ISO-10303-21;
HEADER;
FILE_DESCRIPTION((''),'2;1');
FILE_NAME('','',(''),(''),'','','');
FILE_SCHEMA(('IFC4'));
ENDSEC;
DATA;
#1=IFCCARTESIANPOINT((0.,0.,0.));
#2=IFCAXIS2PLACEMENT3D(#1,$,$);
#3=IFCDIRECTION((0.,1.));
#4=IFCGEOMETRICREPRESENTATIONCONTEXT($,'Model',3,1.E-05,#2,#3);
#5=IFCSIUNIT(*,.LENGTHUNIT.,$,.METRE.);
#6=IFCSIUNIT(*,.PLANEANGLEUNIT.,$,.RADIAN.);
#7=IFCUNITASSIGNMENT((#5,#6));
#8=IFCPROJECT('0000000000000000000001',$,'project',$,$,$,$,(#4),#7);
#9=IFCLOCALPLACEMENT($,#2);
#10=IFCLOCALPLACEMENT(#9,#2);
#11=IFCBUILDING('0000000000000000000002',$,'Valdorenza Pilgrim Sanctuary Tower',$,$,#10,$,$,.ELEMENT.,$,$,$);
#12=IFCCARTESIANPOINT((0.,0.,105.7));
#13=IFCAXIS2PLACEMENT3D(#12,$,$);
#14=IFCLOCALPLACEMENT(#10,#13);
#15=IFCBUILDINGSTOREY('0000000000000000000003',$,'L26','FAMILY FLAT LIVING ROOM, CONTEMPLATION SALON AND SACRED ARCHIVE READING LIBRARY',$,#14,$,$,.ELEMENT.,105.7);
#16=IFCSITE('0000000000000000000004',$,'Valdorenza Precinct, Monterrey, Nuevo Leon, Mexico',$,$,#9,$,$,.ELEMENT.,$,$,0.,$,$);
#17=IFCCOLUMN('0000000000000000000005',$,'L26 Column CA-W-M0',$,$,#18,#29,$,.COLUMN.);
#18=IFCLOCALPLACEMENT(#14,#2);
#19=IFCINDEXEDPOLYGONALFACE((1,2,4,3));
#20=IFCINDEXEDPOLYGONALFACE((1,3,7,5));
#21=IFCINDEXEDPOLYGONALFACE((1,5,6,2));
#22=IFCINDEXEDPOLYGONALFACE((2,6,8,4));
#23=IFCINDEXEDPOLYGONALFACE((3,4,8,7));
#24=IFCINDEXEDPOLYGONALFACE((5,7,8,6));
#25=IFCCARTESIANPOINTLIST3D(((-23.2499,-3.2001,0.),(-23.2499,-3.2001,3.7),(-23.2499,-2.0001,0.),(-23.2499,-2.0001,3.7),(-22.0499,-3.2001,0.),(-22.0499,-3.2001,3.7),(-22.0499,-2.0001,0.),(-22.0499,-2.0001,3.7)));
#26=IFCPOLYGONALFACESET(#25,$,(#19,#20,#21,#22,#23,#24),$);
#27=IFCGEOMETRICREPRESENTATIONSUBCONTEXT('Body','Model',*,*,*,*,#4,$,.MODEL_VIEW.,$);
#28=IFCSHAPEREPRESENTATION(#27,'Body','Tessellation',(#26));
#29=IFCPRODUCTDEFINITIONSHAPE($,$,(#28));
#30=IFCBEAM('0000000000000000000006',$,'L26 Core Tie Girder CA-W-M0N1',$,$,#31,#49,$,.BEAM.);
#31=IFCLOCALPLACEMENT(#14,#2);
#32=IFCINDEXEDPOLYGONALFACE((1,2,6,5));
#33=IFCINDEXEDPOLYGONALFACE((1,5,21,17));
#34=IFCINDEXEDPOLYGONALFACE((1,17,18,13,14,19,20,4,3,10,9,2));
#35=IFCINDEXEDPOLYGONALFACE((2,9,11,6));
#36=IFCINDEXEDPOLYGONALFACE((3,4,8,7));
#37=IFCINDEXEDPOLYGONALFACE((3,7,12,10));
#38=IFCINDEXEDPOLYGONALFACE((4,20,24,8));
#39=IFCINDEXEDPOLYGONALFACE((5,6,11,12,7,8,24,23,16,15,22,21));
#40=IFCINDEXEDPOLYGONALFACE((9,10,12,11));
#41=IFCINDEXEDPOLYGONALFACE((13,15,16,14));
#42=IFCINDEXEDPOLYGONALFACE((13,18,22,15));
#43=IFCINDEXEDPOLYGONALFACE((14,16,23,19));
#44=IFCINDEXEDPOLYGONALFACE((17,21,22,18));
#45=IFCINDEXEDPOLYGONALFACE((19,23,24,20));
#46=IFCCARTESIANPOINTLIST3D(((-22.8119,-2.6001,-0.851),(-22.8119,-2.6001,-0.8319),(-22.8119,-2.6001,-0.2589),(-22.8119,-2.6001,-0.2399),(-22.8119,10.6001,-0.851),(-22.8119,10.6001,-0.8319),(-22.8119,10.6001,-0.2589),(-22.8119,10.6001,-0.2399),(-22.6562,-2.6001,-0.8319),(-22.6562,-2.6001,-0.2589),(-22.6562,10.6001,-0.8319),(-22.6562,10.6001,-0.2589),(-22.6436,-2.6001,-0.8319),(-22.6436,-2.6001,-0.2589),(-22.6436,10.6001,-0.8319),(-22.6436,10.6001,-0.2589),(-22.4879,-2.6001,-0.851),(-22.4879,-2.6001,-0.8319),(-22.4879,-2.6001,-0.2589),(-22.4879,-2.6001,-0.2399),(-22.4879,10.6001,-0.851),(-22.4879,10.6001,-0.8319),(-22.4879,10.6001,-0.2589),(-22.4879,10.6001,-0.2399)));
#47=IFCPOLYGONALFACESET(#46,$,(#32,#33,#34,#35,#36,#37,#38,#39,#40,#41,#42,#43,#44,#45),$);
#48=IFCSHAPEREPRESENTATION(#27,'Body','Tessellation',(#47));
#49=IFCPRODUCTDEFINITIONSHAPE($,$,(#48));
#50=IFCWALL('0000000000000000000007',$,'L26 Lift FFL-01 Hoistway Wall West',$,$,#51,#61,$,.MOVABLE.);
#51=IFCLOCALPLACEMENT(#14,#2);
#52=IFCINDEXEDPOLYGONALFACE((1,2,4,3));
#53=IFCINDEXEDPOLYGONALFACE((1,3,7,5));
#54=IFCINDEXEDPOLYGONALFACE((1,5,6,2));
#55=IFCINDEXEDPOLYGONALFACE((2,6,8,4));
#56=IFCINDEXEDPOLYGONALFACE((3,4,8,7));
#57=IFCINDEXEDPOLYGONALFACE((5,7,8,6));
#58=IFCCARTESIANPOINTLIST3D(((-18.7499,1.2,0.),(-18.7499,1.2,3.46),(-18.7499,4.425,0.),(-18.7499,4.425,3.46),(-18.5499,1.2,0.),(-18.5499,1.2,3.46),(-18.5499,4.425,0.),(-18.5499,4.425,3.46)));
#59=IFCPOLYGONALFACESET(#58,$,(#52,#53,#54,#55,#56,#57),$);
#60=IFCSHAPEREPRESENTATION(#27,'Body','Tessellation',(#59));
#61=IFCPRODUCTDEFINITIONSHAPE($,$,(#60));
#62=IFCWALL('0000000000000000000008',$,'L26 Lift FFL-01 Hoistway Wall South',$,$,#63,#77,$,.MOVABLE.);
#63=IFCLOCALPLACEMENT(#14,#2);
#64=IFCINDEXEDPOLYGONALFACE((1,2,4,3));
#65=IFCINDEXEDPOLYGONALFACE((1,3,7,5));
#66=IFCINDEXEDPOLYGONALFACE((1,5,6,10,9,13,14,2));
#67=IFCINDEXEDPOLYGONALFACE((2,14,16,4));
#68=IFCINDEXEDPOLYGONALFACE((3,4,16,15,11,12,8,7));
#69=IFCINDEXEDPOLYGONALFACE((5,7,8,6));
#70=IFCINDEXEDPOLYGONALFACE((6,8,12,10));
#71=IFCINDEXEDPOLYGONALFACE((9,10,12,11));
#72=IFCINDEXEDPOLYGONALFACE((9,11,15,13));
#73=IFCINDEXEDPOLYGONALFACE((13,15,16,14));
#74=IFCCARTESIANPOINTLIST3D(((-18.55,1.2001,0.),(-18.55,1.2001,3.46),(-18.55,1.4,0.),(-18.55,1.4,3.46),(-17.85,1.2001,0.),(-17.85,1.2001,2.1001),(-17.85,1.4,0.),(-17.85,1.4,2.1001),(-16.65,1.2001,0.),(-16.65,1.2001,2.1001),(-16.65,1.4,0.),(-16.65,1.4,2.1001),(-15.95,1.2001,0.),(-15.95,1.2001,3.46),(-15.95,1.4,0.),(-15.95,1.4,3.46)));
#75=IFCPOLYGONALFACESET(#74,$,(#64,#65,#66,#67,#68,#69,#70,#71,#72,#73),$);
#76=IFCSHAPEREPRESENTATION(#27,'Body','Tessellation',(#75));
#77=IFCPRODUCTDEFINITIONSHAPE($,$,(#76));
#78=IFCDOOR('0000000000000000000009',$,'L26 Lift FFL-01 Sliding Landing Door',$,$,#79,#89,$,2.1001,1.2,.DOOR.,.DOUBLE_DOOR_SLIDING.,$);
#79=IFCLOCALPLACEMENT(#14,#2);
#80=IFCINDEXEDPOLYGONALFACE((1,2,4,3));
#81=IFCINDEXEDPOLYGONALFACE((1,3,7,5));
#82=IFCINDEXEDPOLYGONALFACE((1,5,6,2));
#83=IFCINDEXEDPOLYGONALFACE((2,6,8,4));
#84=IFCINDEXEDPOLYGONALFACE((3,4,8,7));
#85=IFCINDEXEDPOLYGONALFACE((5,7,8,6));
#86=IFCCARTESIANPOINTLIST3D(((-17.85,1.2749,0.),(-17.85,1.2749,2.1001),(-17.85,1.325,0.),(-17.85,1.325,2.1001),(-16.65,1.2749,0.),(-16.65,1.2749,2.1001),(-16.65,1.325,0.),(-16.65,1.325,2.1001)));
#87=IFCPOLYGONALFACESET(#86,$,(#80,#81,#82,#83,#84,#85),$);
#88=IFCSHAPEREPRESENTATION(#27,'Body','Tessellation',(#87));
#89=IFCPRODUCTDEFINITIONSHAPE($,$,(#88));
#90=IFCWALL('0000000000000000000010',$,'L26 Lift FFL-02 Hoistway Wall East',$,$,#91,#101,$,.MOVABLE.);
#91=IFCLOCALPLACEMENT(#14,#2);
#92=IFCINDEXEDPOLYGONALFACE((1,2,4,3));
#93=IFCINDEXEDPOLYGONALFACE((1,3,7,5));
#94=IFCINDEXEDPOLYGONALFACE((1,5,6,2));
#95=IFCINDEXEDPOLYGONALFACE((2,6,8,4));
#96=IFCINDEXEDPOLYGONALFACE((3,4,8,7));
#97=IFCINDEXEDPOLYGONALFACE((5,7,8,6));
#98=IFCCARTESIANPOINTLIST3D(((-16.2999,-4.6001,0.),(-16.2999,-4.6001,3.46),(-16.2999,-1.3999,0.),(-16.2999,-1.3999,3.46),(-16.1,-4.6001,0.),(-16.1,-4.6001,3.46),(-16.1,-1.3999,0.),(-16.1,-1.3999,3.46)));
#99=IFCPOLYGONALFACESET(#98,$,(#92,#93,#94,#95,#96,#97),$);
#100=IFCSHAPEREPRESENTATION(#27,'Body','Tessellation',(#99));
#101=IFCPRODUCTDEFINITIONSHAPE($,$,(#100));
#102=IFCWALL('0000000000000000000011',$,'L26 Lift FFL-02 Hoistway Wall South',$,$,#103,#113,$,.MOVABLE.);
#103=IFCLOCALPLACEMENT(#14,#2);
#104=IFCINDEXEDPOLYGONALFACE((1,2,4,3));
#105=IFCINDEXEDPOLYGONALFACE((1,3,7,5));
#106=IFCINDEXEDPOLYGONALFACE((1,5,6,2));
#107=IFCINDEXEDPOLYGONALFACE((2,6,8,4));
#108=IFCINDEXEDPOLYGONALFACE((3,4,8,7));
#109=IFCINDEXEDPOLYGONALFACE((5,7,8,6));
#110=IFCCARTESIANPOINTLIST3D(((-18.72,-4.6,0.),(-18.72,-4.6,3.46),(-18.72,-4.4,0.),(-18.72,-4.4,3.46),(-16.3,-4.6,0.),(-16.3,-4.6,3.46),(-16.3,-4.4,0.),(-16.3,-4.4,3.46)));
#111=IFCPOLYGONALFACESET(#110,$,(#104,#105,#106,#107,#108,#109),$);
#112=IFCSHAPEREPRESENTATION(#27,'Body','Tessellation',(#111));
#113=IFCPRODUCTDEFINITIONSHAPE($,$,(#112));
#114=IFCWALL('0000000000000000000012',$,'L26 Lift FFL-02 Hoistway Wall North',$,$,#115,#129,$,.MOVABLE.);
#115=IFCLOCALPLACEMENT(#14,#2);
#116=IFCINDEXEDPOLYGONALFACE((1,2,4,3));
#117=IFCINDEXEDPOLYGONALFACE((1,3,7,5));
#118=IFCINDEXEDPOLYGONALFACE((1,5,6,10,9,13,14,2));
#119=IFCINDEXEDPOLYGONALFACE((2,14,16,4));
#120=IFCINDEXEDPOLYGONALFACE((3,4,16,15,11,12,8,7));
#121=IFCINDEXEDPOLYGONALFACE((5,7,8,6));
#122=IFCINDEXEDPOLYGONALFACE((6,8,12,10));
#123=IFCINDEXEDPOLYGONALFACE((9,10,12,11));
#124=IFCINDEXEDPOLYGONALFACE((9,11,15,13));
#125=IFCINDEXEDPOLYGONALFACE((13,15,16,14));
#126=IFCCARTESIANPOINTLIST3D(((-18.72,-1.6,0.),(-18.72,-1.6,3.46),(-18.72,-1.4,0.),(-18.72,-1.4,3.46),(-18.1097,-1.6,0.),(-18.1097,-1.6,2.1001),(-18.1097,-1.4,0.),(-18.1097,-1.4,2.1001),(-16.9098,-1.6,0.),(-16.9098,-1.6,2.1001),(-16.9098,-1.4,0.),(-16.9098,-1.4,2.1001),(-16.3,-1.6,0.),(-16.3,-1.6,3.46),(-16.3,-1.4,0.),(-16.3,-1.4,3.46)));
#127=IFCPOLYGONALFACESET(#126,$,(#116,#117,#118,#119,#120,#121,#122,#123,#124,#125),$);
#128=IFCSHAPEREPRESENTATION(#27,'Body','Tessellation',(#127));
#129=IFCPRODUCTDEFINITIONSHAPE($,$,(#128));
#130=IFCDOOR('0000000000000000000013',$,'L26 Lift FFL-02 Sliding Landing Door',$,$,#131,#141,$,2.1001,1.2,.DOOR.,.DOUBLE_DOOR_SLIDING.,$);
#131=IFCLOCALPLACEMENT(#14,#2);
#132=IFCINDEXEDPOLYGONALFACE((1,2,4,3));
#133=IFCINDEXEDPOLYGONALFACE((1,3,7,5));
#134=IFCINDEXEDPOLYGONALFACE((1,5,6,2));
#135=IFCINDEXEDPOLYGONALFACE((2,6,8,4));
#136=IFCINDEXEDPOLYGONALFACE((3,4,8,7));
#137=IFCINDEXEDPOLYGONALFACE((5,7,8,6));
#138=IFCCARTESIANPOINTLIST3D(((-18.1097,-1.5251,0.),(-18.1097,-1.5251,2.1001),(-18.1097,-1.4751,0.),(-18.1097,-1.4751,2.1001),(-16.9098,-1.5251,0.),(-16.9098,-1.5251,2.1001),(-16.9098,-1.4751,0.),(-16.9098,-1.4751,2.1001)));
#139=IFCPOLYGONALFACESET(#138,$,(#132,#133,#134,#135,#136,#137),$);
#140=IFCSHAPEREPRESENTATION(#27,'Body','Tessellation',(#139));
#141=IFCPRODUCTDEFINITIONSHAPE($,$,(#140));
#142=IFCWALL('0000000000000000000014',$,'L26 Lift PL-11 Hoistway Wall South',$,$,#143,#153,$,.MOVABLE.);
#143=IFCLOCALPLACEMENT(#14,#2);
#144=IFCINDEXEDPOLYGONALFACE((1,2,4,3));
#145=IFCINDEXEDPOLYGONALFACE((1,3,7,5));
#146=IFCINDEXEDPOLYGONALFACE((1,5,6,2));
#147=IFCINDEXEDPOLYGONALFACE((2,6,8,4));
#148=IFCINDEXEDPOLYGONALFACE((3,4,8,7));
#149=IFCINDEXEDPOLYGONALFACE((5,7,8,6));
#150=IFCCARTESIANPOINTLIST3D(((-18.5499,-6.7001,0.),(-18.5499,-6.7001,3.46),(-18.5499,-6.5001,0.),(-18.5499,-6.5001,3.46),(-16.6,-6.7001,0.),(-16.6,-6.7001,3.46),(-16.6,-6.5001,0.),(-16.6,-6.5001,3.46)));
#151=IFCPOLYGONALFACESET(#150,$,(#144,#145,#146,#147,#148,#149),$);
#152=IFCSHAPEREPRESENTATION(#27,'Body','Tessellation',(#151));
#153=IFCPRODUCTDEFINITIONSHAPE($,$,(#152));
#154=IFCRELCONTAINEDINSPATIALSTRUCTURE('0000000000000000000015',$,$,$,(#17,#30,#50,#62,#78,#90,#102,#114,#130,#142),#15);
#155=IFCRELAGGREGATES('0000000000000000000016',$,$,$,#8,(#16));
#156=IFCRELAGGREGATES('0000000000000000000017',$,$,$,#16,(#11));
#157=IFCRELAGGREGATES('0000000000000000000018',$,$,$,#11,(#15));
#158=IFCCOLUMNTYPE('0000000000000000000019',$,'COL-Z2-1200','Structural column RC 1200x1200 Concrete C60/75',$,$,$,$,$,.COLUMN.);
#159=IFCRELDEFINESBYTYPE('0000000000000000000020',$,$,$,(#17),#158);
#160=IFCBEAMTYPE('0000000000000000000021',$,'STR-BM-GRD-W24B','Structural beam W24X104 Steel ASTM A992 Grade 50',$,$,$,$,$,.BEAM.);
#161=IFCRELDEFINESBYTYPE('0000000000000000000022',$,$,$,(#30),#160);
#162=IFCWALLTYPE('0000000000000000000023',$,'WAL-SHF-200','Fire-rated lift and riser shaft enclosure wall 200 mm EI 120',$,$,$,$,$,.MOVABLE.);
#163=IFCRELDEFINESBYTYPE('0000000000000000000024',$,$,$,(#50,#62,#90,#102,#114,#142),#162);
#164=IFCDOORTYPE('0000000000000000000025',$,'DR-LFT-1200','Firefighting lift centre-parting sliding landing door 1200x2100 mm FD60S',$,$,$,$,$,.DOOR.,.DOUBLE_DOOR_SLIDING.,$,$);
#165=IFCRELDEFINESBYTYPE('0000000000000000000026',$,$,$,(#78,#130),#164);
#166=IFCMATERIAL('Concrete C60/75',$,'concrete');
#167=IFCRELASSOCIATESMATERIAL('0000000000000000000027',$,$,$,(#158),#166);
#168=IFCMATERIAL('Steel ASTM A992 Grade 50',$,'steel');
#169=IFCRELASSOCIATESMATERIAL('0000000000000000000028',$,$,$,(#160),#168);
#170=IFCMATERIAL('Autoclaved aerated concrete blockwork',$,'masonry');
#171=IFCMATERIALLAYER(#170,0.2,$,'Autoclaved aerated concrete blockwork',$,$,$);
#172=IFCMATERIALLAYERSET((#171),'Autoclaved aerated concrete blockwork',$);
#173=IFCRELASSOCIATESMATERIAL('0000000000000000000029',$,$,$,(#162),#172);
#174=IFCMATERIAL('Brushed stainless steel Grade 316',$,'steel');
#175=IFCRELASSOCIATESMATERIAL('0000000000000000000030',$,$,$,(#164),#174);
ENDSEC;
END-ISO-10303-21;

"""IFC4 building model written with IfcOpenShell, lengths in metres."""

from ifc_helpers import new_model, si_unit, direction, frame, frame_2d, origin, origin_2d, place, context, subcontext, project, spatial, rectangle, i_section, extrude, source, transform, mapped, material, layer, layer_set, material_profile, profile_set, type_object, element, fill, save


model = new_model("IFC4")

# Units and contexts
model_context = context("Model", 3, precision=1e-05, world=origin(), true_north=direction((0.0, 1.0)))
body_context = subcontext(model_context, "Body", "Model", "MODEL_VIEW")
ifc_project = project(units=[si_unit("LENGTHUNIT", "METRE"), si_unit("PLANEANGLEUNIT", "RADIAN")], contexts=[model_context])

# Site, building, storey
site_placement = place(None, origin())
site = spatial("IfcSite", under=ifc_project, at=site_placement, Name="Valdorenza Precinct, Monterrey, Nuevo Leon, Mexico", CompositionType="ELEMENT", RefElevation=0.0)
building_placement = place(site_placement, origin())
building = spatial("IfcBuilding", under=site, at=building_placement, Name="Valdorenza Pilgrim Sanctuary Tower", CompositionType="ELEMENT")
storey_placement = place(building_placement, frame((0.0, 0.0, 105.7)))
storey = spatial("IfcBuildingStorey", under=building, at=storey_placement, Name="L26", Description="FAMILY FLAT LIVING ROOM, CONTEMPLATION SALON AND SACRED ARCHIVE READING LIBRARY", CompositionType="ELEMENT", Elevation=105.7)

# Column
ifc_material_1 = material(Name="Concrete C60/75", Category="concrete")
ifc_material_profile_1 = material_profile(ifc_material_1, rectangle(XDim=1.2, YDim=1.2, at=origin_2d()), Name="RC 1200x1200")
ifc_profile_set_1 = profile_set([ifc_material_profile_1], Name="Concrete C60/75")
column_type = type_object("IfcColumnType", Name="COL-Z2-1200", Description="Structural column RC 1200x1200 Concrete C60/75", PredefinedType="COLUMN", material=ifc_profile_set_1)
shared_shape_1 = source(origin(), body_context, "Body", "SweptSolid", [
    extrude(rectangle(XDim=1.2, YDim=1.2, at=origin_2d()), origin(), (0.0, 0.0, 1.0), 3.7),
])
column_placement = place(storey_placement, frame((-22.6499, -2.6001, 0.0), z_axis=(0.0, 0.0, 1.0), x_axis=(1.0, 0.0, 0.0)))
element("IfcColumn", 1, at=column_placement, inside=storey, type_object=column_type, Name="L26 Column CA-W-M0", PredefinedType="COLUMN", context=body_context, shape_type="MappedRepresentation", body=[
    mapped(shared_shape_1, transform((0.0, 0.0, 0.0), x_axis=(1.0, 0.0, 0.0), y_axis=(0.0, 1.0, 0.0), z_axis=(0.0, 0.0, 1.0), scale=1.0)),
])

# Beam
ifc_material_2 = material(Name="Steel ASTM A992 Grade 50", Category="steel")
ifc_material_profile_2 = material_profile(ifc_material_2, i_section(OverallWidth=0.324, OverallDepth=0.6111, WebThickness=0.0127, FlangeThickness=0.019, at=origin_2d()), Name="W24X104")
ifc_profile_set_2 = profile_set([ifc_material_profile_2], Name="Steel ASTM A992 Grade 50")
beam_type = type_object("IfcBeamType", Name="STR-BM-GRD-W24B", Description="Structural beam W24X104 Steel ASTM A992 Grade 50", PredefinedType="BEAM", material=ifc_profile_set_2)
shared_shape_2 = source(origin(), body_context, "Body", "SweptSolid", [
    extrude(i_section(OverallWidth=0.324, OverallDepth=0.6111, WebThickness=0.0127, FlangeThickness=0.019, at=origin_2d()), origin(), (0.0, 0.0, 1.0), 13.2002),
])
beam_placement = place(storey_placement, frame((-22.6499, -2.6001, -0.5454), z_axis=(0.0, 1.0, 0.0), x_axis=(-1.0, 0.0, 0.0)))
element("IfcBeam", 2, at=beam_placement, inside=storey, type_object=beam_type, Name="L26 Core Tie Girder CA-W-M0N1", PredefinedType="BEAM", context=body_context, shape_type="MappedRepresentation", body=[
    mapped(shared_shape_2, transform((0.0, 0.0, 0.0), x_axis=(1.0, 0.0, 0.0), y_axis=(0.0, 1.0, 0.0), z_axis=(0.0, 0.0, 1.0), scale=1.0)),
])

# Wall
ifc_material_3 = material(Name="Autoclaved aerated concrete blockwork", Category="masonry")
ifc_layer_1 = layer(ifc_material_3, 0.2, Name="Autoclaved aerated concrete blockwork")
ifc_layer_set_1 = layer_set([ifc_layer_1], Name="Autoclaved aerated concrete blockwork")
wall_type_1 = type_object("IfcWallType", Name="WAL-SHF-200", Description="Fire-rated lift and riser shaft enclosure wall 200 mm EI 120", PredefinedType="MOVABLE", material=ifc_layer_set_1)
wall_1_placement = place(storey_placement, frame((-18.6499, 1.2, 0.0), z_axis=(0.0, 0.0, 1.0), x_axis=(0.0, 1.0, 0.0)))
element("IfcWall", 3, at=wall_1_placement, inside=storey, type_object=wall_type_1, Name="L26 Lift FFL-01 Hoistway Wall West", PredefinedType="MOVABLE", context=body_context, shape_type="SweptSolid", body=[
    extrude(rectangle(XDim=3.2251, YDim=0.2, at=frame_2d((1.6125, 0.0))), origin(), (0.0, 0.0, 1.0), 3.46),
])

# Wall, opening, door
wall_2_placement = place(storey_placement, frame((-18.55, 1.3, 0.0), z_axis=(0.0, 0.0, 1.0), x_axis=(1.0, 0.0, 0.0)))
wall_2 = element("IfcWall", 4, at=wall_2_placement, inside=storey, type_object=wall_type_1, Name="L26 Lift FFL-01 Hoistway Wall South", PredefinedType="MOVABLE", context=body_context, shape_type="SweptSolid", body=[
    extrude(rectangle(XDim=2.6001, YDim=0.2, at=frame_2d((1.3, 0.0))), origin(), (0.0, 0.0, 1.0), 3.46),
])
opening_1_placement = place(wall_2_placement, frame((0.7, 0.0, 0.0)))
opening_1 = element("IfcOpeningElement", 5, at=opening_1_placement, cuts=wall_2, PredefinedType="OPENING", context=body_context, shape_type="SweptSolid", body=[
    extrude(rectangle(XDim=1.2, YDim=2.1001, at=frame_2d((0.6001, 1.05))), frame((0.0, 0.1147, 0.0), z_axis=(0.0, -1.0, 0.0), x_axis=(1.0, 0.0, 0.0)), (0.0, 0.0, 1.0), 0.2297),
])
ifc_material_4 = material(Name="Brushed stainless steel Grade 316", Category="steel")
door_type_1 = type_object("IfcDoorType", Name="DR-LFT-1200", Description="Firefighting lift centre-parting sliding landing door 1200x2100 mm FD60S", OperationType="DOUBLE_DOOR_SLIDING", PredefinedType="DOOR", material=ifc_material_4)
door_1_placement = place(opening_1_placement, origin())
door_1 = element("IfcDoor", 6, at=door_1_placement, inside=storey, type_object=door_type_1, Name="L26 Lift FFL-01 Sliding Landing Door", OperationType="DOUBLE_DOOR_SLIDING", OverallHeight=2.1001, OverallWidth=1.2, PredefinedType="DOOR", context=body_context, shape_type="SweptSolid", body=[
    extrude(rectangle(XDim=1.2, YDim=2.1001, at=frame_2d((0.6001, 1.05))), frame((0.0, 0.0249, 0.0), z_axis=(0.0, -1.0, 0.0), x_axis=(1.0, 0.0, 0.0)), (0.0, 0.0, 1.0), 0.05),
])
fill(opening_1, door_1)

# Walls
wall_3_placement = place(storey_placement, frame((-16.2, -4.6001, 0.0), z_axis=(0.0, 0.0, 1.0), x_axis=(0.0, 1.0, 0.0)))
element("IfcWall", 7, at=wall_3_placement, inside=storey, type_object=wall_type_1, Name="L26 Lift FFL-02 Hoistway Wall East", PredefinedType="MOVABLE", context=body_context, shape_type="SweptSolid", body=[
    extrude(rectangle(XDim=3.2002, YDim=0.2, at=frame_2d((1.6001, 0.0))), origin(), (0.0, 0.0, 1.0), 3.46),
])
wall_4_placement = place(storey_placement, frame((-18.72, -4.5, 0.0), z_axis=(0.0, 0.0, 1.0), x_axis=(1.0, 0.0, 0.0)))
element("IfcWall", 8, at=wall_4_placement, inside=storey, type_object=wall_type_1, Name="L26 Lift FFL-02 Hoistway Wall South", PredefinedType="MOVABLE", context=body_context, shape_type="SweptSolid", body=[
    extrude(rectangle(XDim=2.4199, YDim=0.2, at=frame_2d((1.21, 0.0))), origin(), (0.0, 0.0, 1.0), 3.46),
])

# Wall, opening, door
wall_5_placement = place(storey_placement, frame((-18.72, -1.5, 0.0), z_axis=(0.0, 0.0, 1.0), x_axis=(1.0, 0.0, 0.0)))
wall_5 = element("IfcWall", 9, at=wall_5_placement, inside=storey, type_object=wall_type_1, Name="L26 Lift FFL-02 Hoistway Wall North", PredefinedType="MOVABLE", context=body_context, shape_type="SweptSolid", body=[
    extrude(rectangle(XDim=2.4199, YDim=0.2, at=frame_2d((1.21, 0.0))), origin(), (0.0, 0.0, 1.0), 3.46),
])
opening_2_placement = place(wall_5_placement, frame((0.6101, 0.0, 0.0)))
opening_2 = element("IfcOpeningElement", 10, at=opening_2_placement, cuts=wall_5, PredefinedType="OPENING", context=body_context, shape_type="SweptSolid", body=[
    extrude(rectangle(XDim=1.2, YDim=2.1001, at=frame_2d((0.6001, 1.05))), frame((0.0, 0.1147, 0.0), z_axis=(0.0, -1.0, 0.0), x_axis=(1.0, 0.0, 0.0)), (0.0, 0.0, 1.0), 0.2297),
])
door_2_placement = place(opening_2_placement, origin())
door_2 = element("IfcDoor", 11, at=door_2_placement, inside=storey, type_object=door_type_1, Name="L26 Lift FFL-02 Sliding Landing Door", OperationType="DOUBLE_DOOR_SLIDING", OverallHeight=2.1001, OverallWidth=1.2, PredefinedType="DOOR", context=body_context, shape_type="SweptSolid", body=[
    extrude(rectangle(XDim=1.2, YDim=2.1001, at=frame_2d((0.6001, 1.05))), frame((0.0, 0.0249, 0.0), z_axis=(0.0, -1.0, 0.0), x_axis=(1.0, 0.0, 0.0)), (0.0, 0.0, 1.0), 0.05),
])
fill(opening_2, door_2)

# Wall
wall_6_placement = place(storey_placement, frame((-18.55, -6.6001, 0.0), z_axis=(0.0, 0.0, 1.0), x_axis=(1.0, 0.0, 0.0)))
element("IfcWall", 12, at=wall_6_placement, inside=storey, type_object=wall_type_1, Name="L26 Lift PL-11 Hoistway Wall South", PredefinedType="MOVABLE", context=body_context, shape_type="SweptSolid", body=[
    extrude(rectangle(XDim=1.95, YDim=0.2, at=frame_2d((0.9751, 0.0))), origin(), (0.0, 0.0, 1.0), 3.46),
])

save(model, "model.ifc")
